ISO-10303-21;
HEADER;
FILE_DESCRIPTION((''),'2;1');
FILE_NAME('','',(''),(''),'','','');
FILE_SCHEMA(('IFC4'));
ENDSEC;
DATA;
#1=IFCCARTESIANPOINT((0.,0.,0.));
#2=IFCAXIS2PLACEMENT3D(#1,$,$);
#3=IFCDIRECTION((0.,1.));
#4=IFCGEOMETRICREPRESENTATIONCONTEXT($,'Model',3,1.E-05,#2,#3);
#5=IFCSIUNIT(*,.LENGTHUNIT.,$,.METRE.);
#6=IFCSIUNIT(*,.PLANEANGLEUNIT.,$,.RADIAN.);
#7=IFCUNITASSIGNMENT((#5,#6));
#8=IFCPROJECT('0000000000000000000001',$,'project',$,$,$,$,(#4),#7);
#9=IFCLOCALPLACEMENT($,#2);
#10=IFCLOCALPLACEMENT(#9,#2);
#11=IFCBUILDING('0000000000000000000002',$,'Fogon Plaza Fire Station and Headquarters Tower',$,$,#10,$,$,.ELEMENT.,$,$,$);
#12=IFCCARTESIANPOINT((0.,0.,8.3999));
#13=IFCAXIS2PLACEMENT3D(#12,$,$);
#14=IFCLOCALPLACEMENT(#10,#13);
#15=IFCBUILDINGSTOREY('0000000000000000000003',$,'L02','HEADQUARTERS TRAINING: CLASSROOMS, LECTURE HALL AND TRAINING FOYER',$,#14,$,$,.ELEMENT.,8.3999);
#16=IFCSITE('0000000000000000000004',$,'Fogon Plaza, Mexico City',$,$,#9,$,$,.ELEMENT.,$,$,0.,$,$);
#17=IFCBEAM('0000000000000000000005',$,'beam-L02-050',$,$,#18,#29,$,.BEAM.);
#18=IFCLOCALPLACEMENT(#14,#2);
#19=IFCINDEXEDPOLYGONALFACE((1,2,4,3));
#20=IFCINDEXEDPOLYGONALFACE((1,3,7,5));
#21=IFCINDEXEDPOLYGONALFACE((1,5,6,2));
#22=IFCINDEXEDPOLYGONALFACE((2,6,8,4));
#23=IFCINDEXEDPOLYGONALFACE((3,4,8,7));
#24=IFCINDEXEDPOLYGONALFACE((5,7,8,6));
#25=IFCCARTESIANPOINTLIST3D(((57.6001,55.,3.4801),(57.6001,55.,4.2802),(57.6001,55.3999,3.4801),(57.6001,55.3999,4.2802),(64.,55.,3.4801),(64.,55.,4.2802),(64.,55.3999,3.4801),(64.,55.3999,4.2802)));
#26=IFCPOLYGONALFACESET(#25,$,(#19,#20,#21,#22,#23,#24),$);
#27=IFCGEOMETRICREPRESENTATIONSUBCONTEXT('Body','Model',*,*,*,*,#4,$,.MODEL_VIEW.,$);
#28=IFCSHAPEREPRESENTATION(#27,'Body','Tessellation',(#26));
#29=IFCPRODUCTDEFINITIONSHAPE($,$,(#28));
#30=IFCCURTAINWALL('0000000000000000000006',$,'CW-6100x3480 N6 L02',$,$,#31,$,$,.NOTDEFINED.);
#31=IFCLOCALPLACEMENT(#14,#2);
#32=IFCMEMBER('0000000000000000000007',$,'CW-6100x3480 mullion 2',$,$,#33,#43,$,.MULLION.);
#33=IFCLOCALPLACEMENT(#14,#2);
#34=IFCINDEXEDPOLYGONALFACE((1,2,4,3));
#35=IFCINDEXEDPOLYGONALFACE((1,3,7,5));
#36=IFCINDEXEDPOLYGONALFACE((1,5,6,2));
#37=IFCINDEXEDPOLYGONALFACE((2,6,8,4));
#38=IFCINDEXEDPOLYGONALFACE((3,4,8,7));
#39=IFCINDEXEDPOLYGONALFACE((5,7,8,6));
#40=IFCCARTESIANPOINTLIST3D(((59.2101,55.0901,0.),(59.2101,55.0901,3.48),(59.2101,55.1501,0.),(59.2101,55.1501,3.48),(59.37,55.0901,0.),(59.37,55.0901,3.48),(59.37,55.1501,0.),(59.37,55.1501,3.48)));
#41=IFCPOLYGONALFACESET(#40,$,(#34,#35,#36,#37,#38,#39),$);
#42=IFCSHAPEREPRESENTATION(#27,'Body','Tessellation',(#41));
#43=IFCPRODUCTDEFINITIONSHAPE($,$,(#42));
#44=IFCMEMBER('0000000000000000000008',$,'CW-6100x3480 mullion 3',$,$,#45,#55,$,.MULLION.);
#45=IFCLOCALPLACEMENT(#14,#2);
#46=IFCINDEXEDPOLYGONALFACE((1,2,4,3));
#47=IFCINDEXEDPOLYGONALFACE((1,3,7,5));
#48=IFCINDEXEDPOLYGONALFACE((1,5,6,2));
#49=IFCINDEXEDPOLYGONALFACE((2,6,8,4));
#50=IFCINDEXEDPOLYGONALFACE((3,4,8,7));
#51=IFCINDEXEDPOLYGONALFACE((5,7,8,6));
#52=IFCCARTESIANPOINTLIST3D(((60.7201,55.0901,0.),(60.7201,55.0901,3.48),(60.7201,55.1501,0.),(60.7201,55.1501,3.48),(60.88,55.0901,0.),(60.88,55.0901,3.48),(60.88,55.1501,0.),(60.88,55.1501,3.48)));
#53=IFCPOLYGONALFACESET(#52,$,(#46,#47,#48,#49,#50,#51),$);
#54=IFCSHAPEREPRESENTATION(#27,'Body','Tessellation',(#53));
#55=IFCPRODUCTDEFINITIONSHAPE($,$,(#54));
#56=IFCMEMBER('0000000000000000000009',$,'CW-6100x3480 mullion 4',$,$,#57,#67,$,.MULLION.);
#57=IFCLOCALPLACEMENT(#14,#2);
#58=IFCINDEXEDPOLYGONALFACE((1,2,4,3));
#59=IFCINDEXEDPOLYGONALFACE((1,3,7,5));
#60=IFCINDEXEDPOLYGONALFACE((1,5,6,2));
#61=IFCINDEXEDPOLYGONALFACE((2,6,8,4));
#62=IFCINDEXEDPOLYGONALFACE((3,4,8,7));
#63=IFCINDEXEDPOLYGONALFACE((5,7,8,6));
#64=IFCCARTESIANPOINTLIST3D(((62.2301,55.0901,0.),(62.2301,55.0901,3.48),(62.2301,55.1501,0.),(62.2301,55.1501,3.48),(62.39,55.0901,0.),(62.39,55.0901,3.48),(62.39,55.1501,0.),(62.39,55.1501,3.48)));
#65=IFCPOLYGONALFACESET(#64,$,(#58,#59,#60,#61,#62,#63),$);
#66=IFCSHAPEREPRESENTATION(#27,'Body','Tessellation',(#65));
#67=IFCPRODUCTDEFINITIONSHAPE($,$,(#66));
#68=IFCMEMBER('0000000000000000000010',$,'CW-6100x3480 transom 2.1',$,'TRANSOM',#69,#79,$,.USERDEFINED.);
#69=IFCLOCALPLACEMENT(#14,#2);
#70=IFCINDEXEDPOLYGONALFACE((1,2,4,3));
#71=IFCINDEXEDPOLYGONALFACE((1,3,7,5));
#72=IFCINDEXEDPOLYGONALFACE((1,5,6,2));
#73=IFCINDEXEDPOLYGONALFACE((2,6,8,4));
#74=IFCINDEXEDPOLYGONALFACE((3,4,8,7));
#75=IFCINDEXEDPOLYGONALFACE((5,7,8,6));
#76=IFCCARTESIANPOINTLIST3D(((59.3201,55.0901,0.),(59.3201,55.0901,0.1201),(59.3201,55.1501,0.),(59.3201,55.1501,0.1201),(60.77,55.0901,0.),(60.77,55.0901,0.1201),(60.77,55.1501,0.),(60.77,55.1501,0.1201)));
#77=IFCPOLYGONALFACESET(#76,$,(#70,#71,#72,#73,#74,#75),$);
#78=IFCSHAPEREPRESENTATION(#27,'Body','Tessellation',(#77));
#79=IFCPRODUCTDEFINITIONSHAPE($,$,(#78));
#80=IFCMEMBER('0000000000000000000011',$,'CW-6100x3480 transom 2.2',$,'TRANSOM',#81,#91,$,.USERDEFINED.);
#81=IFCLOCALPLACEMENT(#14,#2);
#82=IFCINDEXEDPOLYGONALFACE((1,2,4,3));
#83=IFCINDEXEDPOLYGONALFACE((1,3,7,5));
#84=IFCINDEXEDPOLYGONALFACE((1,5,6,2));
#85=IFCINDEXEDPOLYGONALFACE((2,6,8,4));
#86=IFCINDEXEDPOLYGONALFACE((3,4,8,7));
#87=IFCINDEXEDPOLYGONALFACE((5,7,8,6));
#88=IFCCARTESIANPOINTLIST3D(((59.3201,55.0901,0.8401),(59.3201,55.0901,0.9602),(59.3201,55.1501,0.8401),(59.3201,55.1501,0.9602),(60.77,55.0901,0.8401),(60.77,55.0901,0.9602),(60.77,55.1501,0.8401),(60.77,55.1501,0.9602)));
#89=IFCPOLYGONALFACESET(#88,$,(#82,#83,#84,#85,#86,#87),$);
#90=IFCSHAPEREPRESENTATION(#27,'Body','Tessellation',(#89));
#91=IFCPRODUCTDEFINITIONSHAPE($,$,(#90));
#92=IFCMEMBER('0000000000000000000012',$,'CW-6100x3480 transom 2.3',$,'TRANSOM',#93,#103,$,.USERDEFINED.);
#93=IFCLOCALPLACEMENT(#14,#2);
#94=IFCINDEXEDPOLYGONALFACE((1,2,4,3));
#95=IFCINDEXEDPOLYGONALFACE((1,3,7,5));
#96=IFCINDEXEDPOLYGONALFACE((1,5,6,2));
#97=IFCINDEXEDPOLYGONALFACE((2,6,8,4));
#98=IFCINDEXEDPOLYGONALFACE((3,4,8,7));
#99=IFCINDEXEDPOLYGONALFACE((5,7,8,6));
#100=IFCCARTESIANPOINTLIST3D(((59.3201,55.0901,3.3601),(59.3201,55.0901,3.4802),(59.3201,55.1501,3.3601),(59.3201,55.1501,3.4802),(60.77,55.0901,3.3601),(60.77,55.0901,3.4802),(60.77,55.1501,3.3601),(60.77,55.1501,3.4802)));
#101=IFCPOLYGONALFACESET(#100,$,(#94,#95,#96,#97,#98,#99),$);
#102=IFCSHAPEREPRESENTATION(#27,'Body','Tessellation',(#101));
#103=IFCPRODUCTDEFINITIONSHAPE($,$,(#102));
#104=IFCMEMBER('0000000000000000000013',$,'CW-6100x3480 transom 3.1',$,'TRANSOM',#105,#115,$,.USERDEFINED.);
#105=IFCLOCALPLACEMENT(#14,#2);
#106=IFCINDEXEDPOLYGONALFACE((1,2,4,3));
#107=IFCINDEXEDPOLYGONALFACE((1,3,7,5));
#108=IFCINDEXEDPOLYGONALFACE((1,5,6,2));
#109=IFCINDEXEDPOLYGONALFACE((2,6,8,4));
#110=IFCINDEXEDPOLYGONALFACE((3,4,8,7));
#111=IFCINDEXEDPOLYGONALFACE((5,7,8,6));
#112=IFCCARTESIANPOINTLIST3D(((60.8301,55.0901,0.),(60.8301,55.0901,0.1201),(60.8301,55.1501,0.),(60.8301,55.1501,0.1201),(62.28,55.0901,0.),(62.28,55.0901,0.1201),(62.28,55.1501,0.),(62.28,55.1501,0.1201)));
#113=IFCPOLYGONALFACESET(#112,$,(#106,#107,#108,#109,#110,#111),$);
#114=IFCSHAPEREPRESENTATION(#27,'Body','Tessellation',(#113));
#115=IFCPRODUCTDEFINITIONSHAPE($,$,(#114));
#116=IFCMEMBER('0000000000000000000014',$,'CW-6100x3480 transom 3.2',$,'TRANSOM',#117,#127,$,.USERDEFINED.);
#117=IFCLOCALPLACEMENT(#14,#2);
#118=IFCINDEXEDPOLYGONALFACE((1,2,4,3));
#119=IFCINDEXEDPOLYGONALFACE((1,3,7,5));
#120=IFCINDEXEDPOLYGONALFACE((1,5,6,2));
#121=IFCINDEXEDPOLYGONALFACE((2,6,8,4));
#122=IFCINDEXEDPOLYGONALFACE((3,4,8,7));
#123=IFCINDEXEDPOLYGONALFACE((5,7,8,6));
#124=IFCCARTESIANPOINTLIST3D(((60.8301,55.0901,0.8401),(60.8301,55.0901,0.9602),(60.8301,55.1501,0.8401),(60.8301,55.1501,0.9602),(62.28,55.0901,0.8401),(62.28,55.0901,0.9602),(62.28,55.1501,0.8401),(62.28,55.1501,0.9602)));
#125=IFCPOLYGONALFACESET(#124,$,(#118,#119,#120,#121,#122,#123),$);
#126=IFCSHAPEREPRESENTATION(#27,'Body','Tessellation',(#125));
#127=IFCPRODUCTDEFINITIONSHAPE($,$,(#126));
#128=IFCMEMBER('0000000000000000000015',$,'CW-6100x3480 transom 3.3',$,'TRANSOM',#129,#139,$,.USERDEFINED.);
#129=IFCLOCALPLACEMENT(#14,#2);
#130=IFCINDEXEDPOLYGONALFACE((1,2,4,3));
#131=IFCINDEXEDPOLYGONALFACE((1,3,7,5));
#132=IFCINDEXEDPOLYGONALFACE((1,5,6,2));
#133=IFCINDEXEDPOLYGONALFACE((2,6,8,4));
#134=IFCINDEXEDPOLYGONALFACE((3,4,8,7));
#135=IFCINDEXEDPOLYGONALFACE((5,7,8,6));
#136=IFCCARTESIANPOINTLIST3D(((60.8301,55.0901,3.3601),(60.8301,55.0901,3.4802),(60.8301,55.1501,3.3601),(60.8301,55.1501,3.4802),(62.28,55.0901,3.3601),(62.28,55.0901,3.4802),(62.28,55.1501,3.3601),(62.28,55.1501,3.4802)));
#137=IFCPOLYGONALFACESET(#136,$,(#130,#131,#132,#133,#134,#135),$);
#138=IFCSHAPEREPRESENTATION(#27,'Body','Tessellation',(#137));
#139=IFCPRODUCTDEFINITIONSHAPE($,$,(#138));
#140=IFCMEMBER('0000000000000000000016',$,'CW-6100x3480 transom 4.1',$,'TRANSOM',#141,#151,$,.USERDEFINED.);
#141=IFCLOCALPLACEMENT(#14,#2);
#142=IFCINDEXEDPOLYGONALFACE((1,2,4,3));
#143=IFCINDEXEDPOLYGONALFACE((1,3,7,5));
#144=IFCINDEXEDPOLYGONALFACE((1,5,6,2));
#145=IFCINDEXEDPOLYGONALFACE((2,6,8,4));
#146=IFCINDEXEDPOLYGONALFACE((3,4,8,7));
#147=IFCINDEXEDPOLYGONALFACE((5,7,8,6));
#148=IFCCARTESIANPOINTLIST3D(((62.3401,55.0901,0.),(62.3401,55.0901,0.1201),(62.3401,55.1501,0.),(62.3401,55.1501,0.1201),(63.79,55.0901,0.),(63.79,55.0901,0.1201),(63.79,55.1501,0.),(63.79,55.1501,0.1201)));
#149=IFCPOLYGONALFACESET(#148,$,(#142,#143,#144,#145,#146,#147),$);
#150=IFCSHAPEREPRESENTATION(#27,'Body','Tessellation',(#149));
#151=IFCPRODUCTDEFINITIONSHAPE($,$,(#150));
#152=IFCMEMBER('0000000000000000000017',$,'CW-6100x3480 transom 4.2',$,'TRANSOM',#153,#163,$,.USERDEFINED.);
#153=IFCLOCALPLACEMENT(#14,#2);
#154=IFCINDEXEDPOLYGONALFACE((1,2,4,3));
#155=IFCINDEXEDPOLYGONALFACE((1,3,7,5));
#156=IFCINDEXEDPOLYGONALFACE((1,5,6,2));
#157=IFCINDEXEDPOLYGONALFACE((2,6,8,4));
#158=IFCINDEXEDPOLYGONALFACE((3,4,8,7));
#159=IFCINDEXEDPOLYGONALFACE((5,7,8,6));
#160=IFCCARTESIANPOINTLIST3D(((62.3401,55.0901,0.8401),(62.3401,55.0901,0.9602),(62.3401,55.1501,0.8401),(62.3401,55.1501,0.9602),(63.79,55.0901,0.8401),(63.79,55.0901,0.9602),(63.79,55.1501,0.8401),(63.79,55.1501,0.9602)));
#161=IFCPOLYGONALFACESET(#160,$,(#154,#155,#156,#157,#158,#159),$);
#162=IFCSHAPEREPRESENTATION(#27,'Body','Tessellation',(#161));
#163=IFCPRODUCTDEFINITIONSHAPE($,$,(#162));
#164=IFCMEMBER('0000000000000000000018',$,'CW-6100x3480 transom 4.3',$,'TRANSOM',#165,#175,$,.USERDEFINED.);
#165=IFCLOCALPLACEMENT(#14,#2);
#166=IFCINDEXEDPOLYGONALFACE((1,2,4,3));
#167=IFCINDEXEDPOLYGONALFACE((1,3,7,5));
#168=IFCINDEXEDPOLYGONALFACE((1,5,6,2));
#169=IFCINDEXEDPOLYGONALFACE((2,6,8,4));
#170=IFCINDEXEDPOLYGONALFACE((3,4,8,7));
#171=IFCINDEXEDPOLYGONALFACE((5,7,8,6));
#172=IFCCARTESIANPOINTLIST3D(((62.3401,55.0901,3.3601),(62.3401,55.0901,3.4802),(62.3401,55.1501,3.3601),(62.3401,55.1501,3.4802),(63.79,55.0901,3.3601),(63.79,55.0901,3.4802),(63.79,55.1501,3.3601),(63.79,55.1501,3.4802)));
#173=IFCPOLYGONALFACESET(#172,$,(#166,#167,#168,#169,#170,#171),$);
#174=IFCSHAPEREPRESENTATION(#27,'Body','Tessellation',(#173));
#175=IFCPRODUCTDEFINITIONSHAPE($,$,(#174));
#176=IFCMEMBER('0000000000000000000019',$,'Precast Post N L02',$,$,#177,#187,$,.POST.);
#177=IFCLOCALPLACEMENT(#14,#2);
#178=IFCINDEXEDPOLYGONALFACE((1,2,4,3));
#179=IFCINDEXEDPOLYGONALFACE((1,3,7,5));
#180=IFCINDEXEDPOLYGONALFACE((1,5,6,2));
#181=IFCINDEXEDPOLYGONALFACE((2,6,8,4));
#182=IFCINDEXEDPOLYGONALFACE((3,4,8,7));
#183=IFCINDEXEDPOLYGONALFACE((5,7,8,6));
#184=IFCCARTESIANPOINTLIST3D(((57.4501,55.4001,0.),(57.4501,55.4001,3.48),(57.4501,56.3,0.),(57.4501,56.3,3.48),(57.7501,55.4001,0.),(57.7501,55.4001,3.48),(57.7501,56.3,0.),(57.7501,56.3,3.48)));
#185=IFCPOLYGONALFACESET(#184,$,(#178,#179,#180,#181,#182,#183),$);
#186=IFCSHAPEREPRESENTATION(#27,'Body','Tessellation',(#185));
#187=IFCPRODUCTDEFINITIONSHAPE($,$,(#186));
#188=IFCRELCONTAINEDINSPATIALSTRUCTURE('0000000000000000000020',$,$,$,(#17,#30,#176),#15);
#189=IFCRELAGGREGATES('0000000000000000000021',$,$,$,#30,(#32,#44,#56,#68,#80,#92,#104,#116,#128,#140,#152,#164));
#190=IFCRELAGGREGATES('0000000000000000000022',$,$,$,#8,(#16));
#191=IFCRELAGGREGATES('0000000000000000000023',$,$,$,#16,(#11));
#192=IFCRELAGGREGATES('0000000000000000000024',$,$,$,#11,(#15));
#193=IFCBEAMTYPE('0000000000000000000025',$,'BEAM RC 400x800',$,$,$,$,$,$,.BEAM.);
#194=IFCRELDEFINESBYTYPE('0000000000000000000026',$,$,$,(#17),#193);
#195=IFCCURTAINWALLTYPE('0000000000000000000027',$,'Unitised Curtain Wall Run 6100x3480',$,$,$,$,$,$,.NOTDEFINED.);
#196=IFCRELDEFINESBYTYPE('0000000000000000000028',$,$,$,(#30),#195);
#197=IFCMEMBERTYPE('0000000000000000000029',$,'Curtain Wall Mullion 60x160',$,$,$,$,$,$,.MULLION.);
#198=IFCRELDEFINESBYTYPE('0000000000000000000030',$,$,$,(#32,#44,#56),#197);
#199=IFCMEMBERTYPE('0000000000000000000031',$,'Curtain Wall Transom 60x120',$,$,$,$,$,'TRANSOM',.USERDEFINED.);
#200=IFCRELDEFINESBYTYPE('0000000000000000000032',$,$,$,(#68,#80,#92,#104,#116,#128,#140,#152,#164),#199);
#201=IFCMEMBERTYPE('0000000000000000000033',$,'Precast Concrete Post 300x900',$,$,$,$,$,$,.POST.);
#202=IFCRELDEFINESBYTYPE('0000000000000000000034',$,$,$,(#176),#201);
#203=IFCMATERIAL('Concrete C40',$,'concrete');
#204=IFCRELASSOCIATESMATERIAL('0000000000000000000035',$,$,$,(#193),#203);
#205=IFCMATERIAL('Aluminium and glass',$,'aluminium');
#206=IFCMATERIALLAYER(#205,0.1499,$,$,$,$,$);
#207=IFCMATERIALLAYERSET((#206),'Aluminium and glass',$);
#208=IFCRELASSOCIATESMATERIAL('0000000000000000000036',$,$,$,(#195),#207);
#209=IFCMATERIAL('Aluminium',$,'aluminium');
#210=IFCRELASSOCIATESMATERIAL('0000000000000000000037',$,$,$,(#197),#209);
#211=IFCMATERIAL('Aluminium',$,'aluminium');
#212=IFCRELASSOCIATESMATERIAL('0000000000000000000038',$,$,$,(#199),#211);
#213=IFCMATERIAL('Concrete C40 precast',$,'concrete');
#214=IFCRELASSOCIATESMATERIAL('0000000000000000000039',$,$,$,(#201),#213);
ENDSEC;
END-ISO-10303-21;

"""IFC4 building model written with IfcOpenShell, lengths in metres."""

from ifc_helpers import new_model, si_unit, direction, frame, origin, origin_2d, place, context, subcontext, project, spatial, rectangle, extrude, material, layer, layer_set, material_profile, profile_set, type_object, element, aggregate, save


model = new_model("IFC4")

# Units and contexts
model_context = context("Model", 3, precision=1e-05, world=origin(), true_north=direction((0.0, 1.0)))
body_context = subcontext(model_context, "Body", "Model", "MODEL_VIEW")
ifc_project = project(units=[si_unit("LENGTHUNIT", "METRE"), si_unit("PLANEANGLEUNIT", "RADIAN")], contexts=[model_context])

# Site, building, storey
site_placement = place(None, origin())
site = spatial("IfcSite", under=ifc_project, at=site_placement, Name="Fogon Plaza, Mexico City", CompositionType="ELEMENT", RefElevation=0.0)
building_placement = place(site_placement, origin())
building = spatial("IfcBuilding", under=site, at=building_placement, Name="Fogon Plaza Fire Station and Headquarters Tower", CompositionType="ELEMENT")
storey_placement = place(building_placement, frame((0.0, 0.0, 8.3999)))
storey = spatial("IfcBuildingStorey", under=building, at=storey_placement, Name="L02", Description="HEADQUARTERS TRAINING: CLASSROOMS, LECTURE HALL AND TRAINING FOYER", CompositionType="ELEMENT", Elevation=8.3999)

# Beam
ifc_material_1 = material(Name="Concrete C40", Category="concrete")
ifc_material_profile_1 = material_profile(ifc_material_1, rectangle(XDim=0.3999, YDim=0.8, at=origin_2d()), Name="RC 400x800")
ifc_profile_set_1 = profile_set([ifc_material_profile_1], Name="Concrete C40")
beam_type = type_object("IfcBeamType", Name="BEAM RC 400x800", PredefinedType="BEAM", material=ifc_profile_set_1)
beam_placement = place(storey_placement, frame((57.6001, 55.2, 3.8801), z_axis=(1.0, 0.0, 0.0), x_axis=(0.0, 1.0, 0.0)))
element("IfcBeam", 1, at=beam_placement, inside=storey, type_object=beam_type, Name="beam-L02-050", PredefinedType="BEAM", context=body_context, shape_type="SweptSolid", body=[
    extrude(rectangle(XDim=0.3999, YDim=0.8, at=origin_2d()), origin(), (0.0, 0.0, 1.0), 6.3999),
])

# Curtain wall, members
ifc_material_2 = material(Name="Aluminium and glass", Category="aluminium")
ifc_layer_1 = layer(ifc_material_2, 0.1499)
ifc_layer_set_1 = layer_set([ifc_layer_1], Name="Aluminium and glass")
curtain_wall_type = type_object("IfcCurtainWallType", Name="Unitised Curtain Wall Run 6100x3480", PredefinedType="NOTDEFINED", material=ifc_layer_set_1)
curtain_wall_placement = place(storey_placement, origin())
curtain_wall = element("IfcCurtainWall", 2, at=curtain_wall_placement, inside=storey, type_object=curtain_wall_type, Name="CW-6100x3480 N6 L02", PredefinedType="NOTDEFINED")
ifc_material_3 = material(Name="Aluminium", Category="aluminium")
ifc_material_profile_2 = material_profile(ifc_material_3, rectangle(XDim=0.0601, YDim=0.1599, at=origin_2d()), Name="Curtain Wall Mullion 60x160")
ifc_profile_set_2 = profile_set([ifc_material_profile_2], Name="Aluminium")
member_type_1 = type_object("IfcMemberType", Name="Curtain Wall Mullion 60x160", PredefinedType="MULLION", material=ifc_profile_set_2)
member_1_placement = place(storey_placement, frame((59.29, 55.1201, 0.0), z_axis=(0.0, 0.0, 1.0), x_axis=(0.0, 1.0, 0.0)))
member_1 = element("IfcMember", 3, at=member_1_placement, type_object=member_type_1, Name="CW-6100x3480 mullion 2", PredefinedType="MULLION", context=body_context, shape_type="SweptSolid", body=[
    extrude(rectangle(XDim=0.0601, YDim=0.1599, at=origin_2d()), origin(), (0.0, 0.0, 1.0), 3.48),
])
member_2_placement = place(storey_placement, frame((60.8, 55.1201, 0.0), z_axis=(0.0, 0.0, 1.0), x_axis=(0.0, 1.0, 0.0)))
member_2 = element("IfcMember", 4, at=member_2_placement, type_object=member_type_1, Name="CW-6100x3480 mullion 3", PredefinedType="MULLION", context=body_context, shape_type="SweptSolid", body=[
    extrude(rectangle(XDim=0.0601, YDim=0.1599, at=origin_2d()), origin(), (0.0, 0.0, 1.0), 3.48),
])
member_3_placement = place(storey_placement, frame((62.3101, 55.1201, 0.0), z_axis=(0.0, 0.0, 1.0), x_axis=(0.0, 1.0, 0.0)))
member_3 = element("IfcMember", 5, at=member_3_placement, type_object=member_type_1, Name="CW-6100x3480 mullion 4", PredefinedType="MULLION", context=body_context, shape_type="SweptSolid", body=[
    extrude(rectangle(XDim=0.0601, YDim=0.1599, at=origin_2d()), origin(), (0.0, 0.0, 1.0), 3.48),
])
ifc_material_4 = material(Name="Aluminium", Category="aluminium")
ifc_material_profile_3 = material_profile(ifc_material_4, rectangle(XDim=0.0601, YDim=0.1201, at=origin_2d()), Name="Curtain Wall Transom 60x120")
ifc_profile_set_3 = profile_set([ifc_material_profile_3], Name="Aluminium")
member_type_2 = type_object("IfcMemberType", Name="Curtain Wall Transom 60x120", ElementType="TRANSOM", PredefinedType="USERDEFINED", material=ifc_profile_set_3)
member_4_placement = place(storey_placement, frame((59.3201, 55.1201, 0.0601), z_axis=(1.0, 0.0, 0.0), x_axis=(0.0, 1.0, 0.0)))
member_4 = element("IfcMember", 6, at=member_4_placement, type_object=member_type_2, Name="CW-6100x3480 transom 2.1", ObjectType="TRANSOM", PredefinedType="USERDEFINED", context=body_context, shape_type="SweptSolid", body=[
    extrude(rectangle(XDim=0.0601, YDim=0.1201, at=origin_2d()), origin(), (0.0, 0.0, 1.0), 1.45),
])
member_5_placement = place(storey_placement, frame((59.3201, 55.1201, 0.9001), z_axis=(1.0, 0.0, 0.0), x_axis=(0.0, 1.0, 0.0)))
member_5 = element("IfcMember", 7, at=member_5_placement, type_object=member_type_2, Name="CW-6100x3480 transom 2.2", ObjectType="TRANSOM", PredefinedType="USERDEFINED", context=body_context, shape_type="SweptSolid", body=[
    extrude(rectangle(XDim=0.0601, YDim=0.1201, at=origin_2d()), origin(), (0.0, 0.0, 1.0), 1.45),
])
member_6_placement = place(storey_placement, frame((59.3201, 55.1201, 3.4202), z_axis=(1.0, 0.0, 0.0), x_axis=(0.0, 1.0, 0.0)))
member_6 = element("IfcMember", 8, at=member_6_placement, type_object=member_type_2, Name="CW-6100x3480 transom 2.3", ObjectType="TRANSOM", PredefinedType="USERDEFINED", context=body_context, shape_type="SweptSolid", body=[
    extrude(rectangle(XDim=0.0601, YDim=0.1201, at=origin_2d()), origin(), (0.0, 0.0, 1.0), 1.45),
])
member_7_placement = place(storey_placement, frame((60.8301, 55.1201, 0.0601), z_axis=(1.0, 0.0, 0.0), x_axis=(0.0, 1.0, 0.0)))
member_7 = element("IfcMember", 9, at=member_7_placement, type_object=member_type_2, Name="CW-6100x3480 transom 3.1", ObjectType="TRANSOM", PredefinedType="USERDEFINED", context=body_context, shape_type="SweptSolid", body=[
    extrude(rectangle(XDim=0.0601, YDim=0.1201, at=origin_2d()), origin(), (0.0, 0.0, 1.0), 1.45),
])
member_8_placement = place(storey_placement, frame((60.8301, 55.1201, 0.9001), z_axis=(1.0, 0.0, 0.0), x_axis=(0.0, 1.0, 0.0)))
member_8 = element("IfcMember", 10, at=member_8_placement, type_object=member_type_2, Name="CW-6100x3480 transom 3.2", ObjectType="TRANSOM", PredefinedType="USERDEFINED", context=body_context, shape_type="SweptSolid", body=[
    extrude(rectangle(XDim=0.0601, YDim=0.1201, at=origin_2d()), origin(), (0.0, 0.0, 1.0), 1.45),
])
member_9_placement = place(storey_placement, frame((60.8301, 55.1201, 3.4202), z_axis=(1.0, 0.0, 0.0), x_axis=(0.0, 1.0, 0.0)))
member_9 = element("IfcMember", 11, at=member_9_placement, type_object=member_type_2, Name="CW-6100x3480 transom 3.3", ObjectType="TRANSOM", PredefinedType="USERDEFINED", context=body_context, shape_type="SweptSolid", body=[
    extrude(rectangle(XDim=0.0601, YDim=0.1201, at=origin_2d()), origin(), (0.0, 0.0, 1.0), 1.45),
])
member_10_placement = place(storey_placement, frame((62.3401, 55.1201, 0.0601), z_axis=(1.0, 0.0, 0.0), x_axis=(0.0, 1.0, 0.0)))
member_10 = element("IfcMember", 12, at=member_10_placement, type_object=member_type_2, Name="CW-6100x3480 transom 4.1", ObjectType="TRANSOM", PredefinedType="USERDEFINED", context=body_context, shape_type="SweptSolid", body=[
    extrude(rectangle(XDim=0.0601, YDim=0.1201, at=origin_2d()), origin(), (0.0, 0.0, 1.0), 1.45),
])
member_11_placement = place(storey_placement, frame((62.3401, 55.1201, 0.9001), z_axis=(1.0, 0.0, 0.0), x_axis=(0.0, 1.0, 0.0)))
member_11 = element("IfcMember", 13, at=member_11_placement, type_object=member_type_2, Name="CW-6100x3480 transom 4.2", ObjectType="TRANSOM", PredefinedType="USERDEFINED", context=body_context, shape_type="SweptSolid", body=[
    extrude(rectangle(XDim=0.0601, YDim=0.1201, at=origin_2d()), origin(), (0.0, 0.0, 1.0), 1.45),
])
member_12_placement = place(storey_placement, frame((62.3401, 55.1201, 3.4202), z_axis=(1.0, 0.0, 0.0), x_axis=(0.0, 1.0, 0.0)))
member_12 = element("IfcMember", 14, at=member_12_placement, type_object=member_type_2, Name="CW-6100x3480 transom 4.3", ObjectType="TRANSOM", PredefinedType="USERDEFINED", context=body_context, shape_type="SweptSolid", body=[
    extrude(rectangle(XDim=0.0601, YDim=0.1201, at=origin_2d()), origin(), (0.0, 0.0, 1.0), 1.45),
])

# Member
ifc_material_5 = material(Name="Concrete C40 precast", Category="concrete")
ifc_material_profile_4 = material_profile(ifc_material_5, rectangle(XDim=0.3, YDim=0.8999, at=origin_2d()), Name="Precast Concrete Post 300x900")
ifc_profile_set_4 = profile_set([ifc_material_profile_4], Name="Concrete C40 precast")
member_type_3 = type_object("IfcMemberType", Name="Precast Concrete Post 300x900", PredefinedType="POST", material=ifc_profile_set_4)
member_13_placement = place(storey_placement, frame((57.6001, 55.8501, 0.0), z_axis=(0.0, 0.0, 1.0), x_axis=(1.0, 0.0, 0.0)))
element("IfcMember", 15, at=member_13_placement, inside=storey, type_object=member_type_3, Name="Precast Post N L02", PredefinedType="POST", context=body_context, shape_type="SweptSolid", body=[
    extrude(rectangle(XDim=0.3, YDim=0.8999, at=origin_2d()), origin(), (0.0, 0.0, 1.0), 3.48),
])

aggregate(curtain_wall, [member_1, member_2, member_3, member_4, member_5, member_6, member_7, member_8, member_9, member_10, member_11, member_12])

save(model, "model.ifc")
